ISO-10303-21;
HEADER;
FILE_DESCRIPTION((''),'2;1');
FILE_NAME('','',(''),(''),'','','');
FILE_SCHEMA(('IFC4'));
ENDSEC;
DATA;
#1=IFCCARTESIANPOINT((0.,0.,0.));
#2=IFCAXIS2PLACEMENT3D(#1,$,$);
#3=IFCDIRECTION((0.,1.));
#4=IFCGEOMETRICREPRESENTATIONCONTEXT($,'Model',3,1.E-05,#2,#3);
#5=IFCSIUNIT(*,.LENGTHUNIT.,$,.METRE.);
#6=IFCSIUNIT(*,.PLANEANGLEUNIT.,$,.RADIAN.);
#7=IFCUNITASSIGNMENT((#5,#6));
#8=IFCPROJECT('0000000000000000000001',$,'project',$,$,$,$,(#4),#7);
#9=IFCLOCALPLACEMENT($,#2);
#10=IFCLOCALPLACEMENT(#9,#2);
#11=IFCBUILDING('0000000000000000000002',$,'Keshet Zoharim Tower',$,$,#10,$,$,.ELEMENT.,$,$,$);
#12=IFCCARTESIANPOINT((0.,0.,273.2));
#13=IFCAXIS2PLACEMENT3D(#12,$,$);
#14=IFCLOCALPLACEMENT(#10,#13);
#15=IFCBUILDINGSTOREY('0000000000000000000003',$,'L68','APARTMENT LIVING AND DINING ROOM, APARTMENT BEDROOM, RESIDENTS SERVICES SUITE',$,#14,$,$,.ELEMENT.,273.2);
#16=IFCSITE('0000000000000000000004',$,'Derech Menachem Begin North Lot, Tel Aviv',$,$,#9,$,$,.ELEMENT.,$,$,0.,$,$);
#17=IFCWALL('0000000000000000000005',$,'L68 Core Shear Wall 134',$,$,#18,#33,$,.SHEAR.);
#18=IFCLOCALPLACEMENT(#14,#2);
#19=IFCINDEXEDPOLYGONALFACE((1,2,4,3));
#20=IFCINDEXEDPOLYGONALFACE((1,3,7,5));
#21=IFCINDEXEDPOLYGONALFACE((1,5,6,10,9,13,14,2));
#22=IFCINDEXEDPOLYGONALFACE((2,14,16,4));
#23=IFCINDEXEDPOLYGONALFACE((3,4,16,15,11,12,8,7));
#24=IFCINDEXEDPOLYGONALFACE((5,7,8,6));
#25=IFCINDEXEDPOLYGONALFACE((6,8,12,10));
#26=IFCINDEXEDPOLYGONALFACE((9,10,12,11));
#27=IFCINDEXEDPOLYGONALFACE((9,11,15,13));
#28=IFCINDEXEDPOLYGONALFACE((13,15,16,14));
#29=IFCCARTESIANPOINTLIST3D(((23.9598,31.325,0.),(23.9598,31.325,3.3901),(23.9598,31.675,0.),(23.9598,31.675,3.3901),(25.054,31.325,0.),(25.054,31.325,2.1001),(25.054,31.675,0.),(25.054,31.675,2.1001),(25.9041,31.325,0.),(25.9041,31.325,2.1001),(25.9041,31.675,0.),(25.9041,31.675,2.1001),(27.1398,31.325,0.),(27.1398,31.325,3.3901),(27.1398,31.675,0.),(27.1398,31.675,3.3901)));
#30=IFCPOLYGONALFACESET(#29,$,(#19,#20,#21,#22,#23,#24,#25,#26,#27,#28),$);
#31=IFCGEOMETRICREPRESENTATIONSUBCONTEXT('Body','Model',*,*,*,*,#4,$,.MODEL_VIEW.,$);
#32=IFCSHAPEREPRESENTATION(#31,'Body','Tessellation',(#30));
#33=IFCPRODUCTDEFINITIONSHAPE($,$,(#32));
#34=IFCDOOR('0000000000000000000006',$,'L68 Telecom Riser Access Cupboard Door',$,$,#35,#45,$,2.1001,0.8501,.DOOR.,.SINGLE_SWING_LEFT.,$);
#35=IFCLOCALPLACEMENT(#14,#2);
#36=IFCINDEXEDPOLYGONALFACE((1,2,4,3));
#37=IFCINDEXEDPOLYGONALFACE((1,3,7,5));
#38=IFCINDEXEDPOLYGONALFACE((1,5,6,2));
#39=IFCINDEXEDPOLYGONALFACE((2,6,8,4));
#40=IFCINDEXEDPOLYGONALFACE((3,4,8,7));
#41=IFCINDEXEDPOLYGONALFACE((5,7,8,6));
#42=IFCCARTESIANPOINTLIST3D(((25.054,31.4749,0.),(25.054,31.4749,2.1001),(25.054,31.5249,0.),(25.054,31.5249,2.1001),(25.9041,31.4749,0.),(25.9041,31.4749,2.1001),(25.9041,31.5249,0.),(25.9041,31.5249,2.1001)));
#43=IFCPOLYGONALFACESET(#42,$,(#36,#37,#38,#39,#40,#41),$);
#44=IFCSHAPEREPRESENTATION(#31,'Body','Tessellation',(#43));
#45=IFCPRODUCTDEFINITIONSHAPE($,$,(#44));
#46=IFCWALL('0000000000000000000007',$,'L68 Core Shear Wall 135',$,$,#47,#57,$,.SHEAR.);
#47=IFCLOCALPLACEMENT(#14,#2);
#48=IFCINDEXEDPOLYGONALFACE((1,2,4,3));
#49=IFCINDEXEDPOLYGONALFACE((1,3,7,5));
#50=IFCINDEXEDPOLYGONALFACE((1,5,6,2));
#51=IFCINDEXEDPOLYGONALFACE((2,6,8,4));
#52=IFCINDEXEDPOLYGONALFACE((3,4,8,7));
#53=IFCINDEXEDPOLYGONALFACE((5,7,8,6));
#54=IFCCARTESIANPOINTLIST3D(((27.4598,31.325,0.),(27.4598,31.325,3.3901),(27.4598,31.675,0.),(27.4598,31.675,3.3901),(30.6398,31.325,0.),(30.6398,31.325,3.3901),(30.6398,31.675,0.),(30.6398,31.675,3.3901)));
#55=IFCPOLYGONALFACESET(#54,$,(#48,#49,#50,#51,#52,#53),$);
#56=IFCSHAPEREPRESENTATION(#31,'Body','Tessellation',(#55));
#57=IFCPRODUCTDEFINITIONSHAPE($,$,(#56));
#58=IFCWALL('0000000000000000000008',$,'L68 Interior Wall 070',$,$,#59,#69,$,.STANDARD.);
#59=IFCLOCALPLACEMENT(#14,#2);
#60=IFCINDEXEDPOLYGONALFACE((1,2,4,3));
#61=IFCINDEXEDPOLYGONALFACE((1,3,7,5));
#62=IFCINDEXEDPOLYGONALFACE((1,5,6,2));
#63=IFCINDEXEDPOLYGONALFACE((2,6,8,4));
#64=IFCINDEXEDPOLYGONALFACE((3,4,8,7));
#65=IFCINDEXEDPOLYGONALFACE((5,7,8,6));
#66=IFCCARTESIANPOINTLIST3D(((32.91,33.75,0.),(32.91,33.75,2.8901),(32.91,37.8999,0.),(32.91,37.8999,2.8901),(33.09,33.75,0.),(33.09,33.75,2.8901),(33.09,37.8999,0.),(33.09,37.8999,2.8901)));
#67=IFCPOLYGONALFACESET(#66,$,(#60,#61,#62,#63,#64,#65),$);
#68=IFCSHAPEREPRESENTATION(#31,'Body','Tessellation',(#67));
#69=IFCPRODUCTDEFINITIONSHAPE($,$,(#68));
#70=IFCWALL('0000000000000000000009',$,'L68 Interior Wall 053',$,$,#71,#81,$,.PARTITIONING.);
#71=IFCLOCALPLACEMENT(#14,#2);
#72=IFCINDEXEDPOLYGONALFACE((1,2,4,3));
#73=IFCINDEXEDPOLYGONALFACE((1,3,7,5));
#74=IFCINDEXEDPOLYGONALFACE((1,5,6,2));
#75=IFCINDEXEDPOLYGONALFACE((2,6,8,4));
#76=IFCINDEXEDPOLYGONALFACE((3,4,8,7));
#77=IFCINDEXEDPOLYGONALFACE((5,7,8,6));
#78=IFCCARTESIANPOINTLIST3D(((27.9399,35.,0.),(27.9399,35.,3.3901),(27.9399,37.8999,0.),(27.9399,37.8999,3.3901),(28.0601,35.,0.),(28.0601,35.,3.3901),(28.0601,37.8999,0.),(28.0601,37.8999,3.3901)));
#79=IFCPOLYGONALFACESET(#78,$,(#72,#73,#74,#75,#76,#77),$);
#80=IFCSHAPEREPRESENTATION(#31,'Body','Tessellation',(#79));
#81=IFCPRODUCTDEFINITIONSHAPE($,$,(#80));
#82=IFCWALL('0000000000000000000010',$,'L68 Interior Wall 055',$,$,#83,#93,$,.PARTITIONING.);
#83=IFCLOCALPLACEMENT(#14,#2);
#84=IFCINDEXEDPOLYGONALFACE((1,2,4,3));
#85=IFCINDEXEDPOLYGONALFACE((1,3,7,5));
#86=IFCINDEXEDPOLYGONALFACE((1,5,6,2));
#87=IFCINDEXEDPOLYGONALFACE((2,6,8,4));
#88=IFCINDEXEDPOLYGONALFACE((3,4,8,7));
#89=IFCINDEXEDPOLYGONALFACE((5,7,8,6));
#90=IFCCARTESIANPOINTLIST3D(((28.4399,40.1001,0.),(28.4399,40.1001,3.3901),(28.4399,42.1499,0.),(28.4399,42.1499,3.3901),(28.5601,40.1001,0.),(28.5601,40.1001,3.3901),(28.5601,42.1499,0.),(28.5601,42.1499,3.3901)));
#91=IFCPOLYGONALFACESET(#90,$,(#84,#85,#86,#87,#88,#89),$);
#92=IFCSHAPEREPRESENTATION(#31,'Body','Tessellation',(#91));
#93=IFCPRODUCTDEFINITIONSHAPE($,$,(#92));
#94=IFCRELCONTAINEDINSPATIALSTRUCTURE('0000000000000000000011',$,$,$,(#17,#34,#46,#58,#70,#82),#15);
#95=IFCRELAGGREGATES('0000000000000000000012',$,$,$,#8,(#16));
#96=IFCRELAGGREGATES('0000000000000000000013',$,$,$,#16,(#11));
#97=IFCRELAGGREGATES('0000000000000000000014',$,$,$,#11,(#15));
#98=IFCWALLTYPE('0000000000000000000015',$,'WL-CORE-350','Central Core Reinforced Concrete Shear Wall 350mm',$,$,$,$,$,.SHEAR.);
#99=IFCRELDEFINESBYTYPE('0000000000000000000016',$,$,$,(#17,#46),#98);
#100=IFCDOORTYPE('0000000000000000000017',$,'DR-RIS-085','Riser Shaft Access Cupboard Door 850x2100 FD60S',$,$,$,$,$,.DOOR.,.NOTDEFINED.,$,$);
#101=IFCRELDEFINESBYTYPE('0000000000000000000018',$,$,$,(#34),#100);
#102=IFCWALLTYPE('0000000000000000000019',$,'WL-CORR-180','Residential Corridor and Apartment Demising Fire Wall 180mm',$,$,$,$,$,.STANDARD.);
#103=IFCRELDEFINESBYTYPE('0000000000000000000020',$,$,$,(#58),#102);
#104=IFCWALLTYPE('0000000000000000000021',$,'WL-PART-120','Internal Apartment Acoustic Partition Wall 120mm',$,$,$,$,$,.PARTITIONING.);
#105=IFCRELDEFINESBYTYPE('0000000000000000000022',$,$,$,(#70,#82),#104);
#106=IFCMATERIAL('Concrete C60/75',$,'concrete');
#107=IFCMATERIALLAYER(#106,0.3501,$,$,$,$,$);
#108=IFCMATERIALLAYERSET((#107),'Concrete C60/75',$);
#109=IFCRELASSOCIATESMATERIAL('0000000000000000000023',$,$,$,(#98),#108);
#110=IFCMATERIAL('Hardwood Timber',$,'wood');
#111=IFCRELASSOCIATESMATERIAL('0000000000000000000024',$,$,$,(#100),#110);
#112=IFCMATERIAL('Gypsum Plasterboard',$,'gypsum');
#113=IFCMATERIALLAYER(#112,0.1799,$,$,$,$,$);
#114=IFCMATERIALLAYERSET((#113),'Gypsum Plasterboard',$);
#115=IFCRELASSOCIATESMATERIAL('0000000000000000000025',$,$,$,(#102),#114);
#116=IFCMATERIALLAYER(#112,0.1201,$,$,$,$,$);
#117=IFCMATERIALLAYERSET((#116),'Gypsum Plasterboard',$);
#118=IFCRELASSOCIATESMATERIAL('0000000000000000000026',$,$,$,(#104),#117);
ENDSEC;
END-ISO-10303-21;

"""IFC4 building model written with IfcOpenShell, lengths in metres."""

from ifc_helpers import new_model, si_unit, direction, frame, frame_2d, origin, place, context, subcontext, project, spatial, rectangle, extrude, material, layer, layer_set, type_object, element, fill, save


model = new_model("IFC4")

# Units and contexts
model_context = context("Model", 3, precision=1e-05, world=origin(), true_north=direction((0.0, 1.0)))
body_context = subcontext(model_context, "Body", "Model", "MODEL_VIEW")
ifc_project = project(units=[si_unit("LENGTHUNIT", "METRE"), si_unit("PLANEANGLEUNIT", "RADIAN")], contexts=[model_context])

# Site, building, storey
site_placement = place(None, origin())
site = spatial("IfcSite", under=ifc_project, at=site_placement, Name="Derech Menachem Begin North Lot, Tel Aviv", CompositionType="ELEMENT", RefElevation=0.0)
building_placement = place(site_placement, origin())
building = spatial("IfcBuilding", under=site, at=building_placement, Name="Keshet Zoharim Tower", CompositionType="ELEMENT")
storey_placement = place(building_placement, frame((0.0, 0.0, 273.2)))
storey = spatial("IfcBuildingStorey", under=building, at=storey_placement, Name="L68", Description="APARTMENT LIVING AND DINING ROOM, APARTMENT BEDROOM, RESIDENTS SERVICES SUITE", CompositionType="ELEMENT", Elevation=273.2)

# Shared definitions
ifc_material_1 = material(Name="Gypsum Plasterboard", Category="gypsum")
ifc_material_2 = material(Name="Concrete C60/75", Category="concrete")
ifc_layer_1 = layer(ifc_material_2, 0.3501)
ifc_layer_set_1 = layer_set([ifc_layer_1], Name="Concrete C60/75")
wall_type_1 = type_object("IfcWallType", Name="WL-CORE-350", Description="Central Core Reinforced Concrete Shear Wall 350mm", PredefinedType="SHEAR", material=ifc_layer_set_1)

# Shared definitions
ifc_material_3 = material(Name="Hardwood Timber", Category="wood")

# Wall, opening, door
wall_1_placement = place(storey_placement, frame((23.96, 31.5, 0.0), z_axis=(0.0, 0.0, 1.0), x_axis=(1.0, 0.0, 0.0)))
wall_1 = element("IfcWall", 1, at=wall_1_placement, inside=storey, type_object=wall_type_1, Name="L68 Core Shear Wall 134", PredefinedType="SHEAR", context=body_context, shape_type="SweptSolid", body=[
    extrude(rectangle(XDim=3.1799, YDim=0.3501, at=frame_2d((1.5898, 0.0))), origin(), (0.0, 0.0, 1.0), 3.3901),
])
opening_1_placement = place(wall_1_placement, frame((1.094, 0.0, 0.0)))
opening_1 = element("IfcOpeningElement", 2, at=opening_1_placement, cuts=wall_1, PredefinedType="OPENING", context=body_context, shape_type="SweptSolid", body=[
    extrude(rectangle(XDim=0.8501, YDim=2.1001, at=frame_2d((0.425, 1.05))), frame((0.0, 0.1851, 0.0), z_axis=(0.0, -1.0, 0.0), x_axis=(1.0, 0.0, 0.0)), (0.0, 0.0, 1.0), 0.3701),
])
door_type_1 = type_object("IfcDoorType", Name="DR-RIS-085", Description="Riser Shaft Access Cupboard Door 850x2100 FD60S", OperationType="NOTDEFINED", PredefinedType="DOOR", material=ifc_material_3)
door_1_placement = place(opening_1_placement, origin())
door_1 = element("IfcDoor", 3, at=door_1_placement, inside=storey, type_object=door_type_1, Name="L68 Telecom Riser Access Cupboard Door", OperationType="SINGLE_SWING_LEFT", OverallHeight=2.1001, OverallWidth=0.8501, PredefinedType="DOOR", context=body_context, shape_type="SweptSolid", body=[
    extrude(rectangle(XDim=0.8501, YDim=2.1001, at=frame_2d((0.425, 1.05))), frame((0.0, 0.0249, 0.0), z_axis=(0.0, -1.0, 0.0), x_axis=(1.0, 0.0, 0.0)), (0.0, 0.0, 1.0), 0.05),
])
fill(opening_1, door_1)

# Wall
wall_2_placement = place(storey_placement, frame((27.46, 31.5, 0.0), z_axis=(0.0, 0.0, 1.0), x_axis=(1.0, 0.0, 0.0)))
element("IfcWall", 4, at=wall_2_placement, inside=storey, type_object=wall_type_1, Name="L68 Core Shear Wall 135", PredefinedType="SHEAR", context=body_context, shape_type="SweptSolid", body=[
    extrude(rectangle(XDim=3.1799, YDim=0.3501, at=frame_2d((1.5898, 0.0))), origin(), (0.0, 0.0, 1.0), 3.3901),
])

# Shared definitions
ifc_layer_2 = layer(ifc_material_1, 0.1799)
ifc_layer_set_2 = layer_set([ifc_layer_2], Name="Gypsum Plasterboard")
wall_type_2 = type_object("IfcWallType", Name="WL-CORR-180", Description="Residential Corridor and Apartment Demising Fire Wall 180mm", PredefinedType="STANDARD", material=ifc_layer_set_2)

# Walls
wall_3_placement = place(storey_placement, frame((33.0, 33.75, 0.0), z_axis=(0.0, 0.0, 1.0), x_axis=(0.0, 1.0, 0.0)))
element("IfcWall", 5, at=wall_3_placement, inside=storey, type_object=wall_type_2, Name="L68 Interior Wall 070", PredefinedType="STANDARD", context=body_context, shape_type="SweptSolid", body=[
    extrude(rectangle(XDim=4.1499, YDim=0.1799, at=frame_2d((2.075, 0.0))), origin(), (0.0, 0.0, 1.0), 2.8901),
])
ifc_layer_3 = layer(ifc_material_1, 0.1201)
ifc_layer_set_3 = layer_set([ifc_layer_3], Name="Gypsum Plasterboard")
wall_type_3 = type_object("IfcWallType", Name="WL-PART-120", Description="Internal Apartment Acoustic Partition Wall 120mm", PredefinedType="PARTITIONING", material=ifc_layer_set_3)
wall_4_placement = place(storey_placement, frame((28.0, 35.0, 0.0), z_axis=(0.0, 0.0, 1.0), x_axis=(0.0, 1.0, 0.0)))
element("IfcWall", 6, at=wall_4_placement, inside=storey, type_object=wall_type_3, Name="L68 Interior Wall 053", PredefinedType="PARTITIONING", context=body_context, shape_type="SweptSolid", body=[
    extrude(rectangle(XDim=2.8999, YDim=0.1201, at=frame_2d((1.45, 0.0))), origin(), (0.0, 0.0, 1.0), 3.3901),
])
wall_5_placement = place(storey_placement, frame((28.5, 40.1001, 0.0), z_axis=(0.0, 0.0, 1.0), x_axis=(0.0, 1.0, 0.0)))
element("IfcWall", 7, at=wall_5_placement, inside=storey, type_object=wall_type_3, Name="L68 Interior Wall 055", PredefinedType="PARTITIONING", context=body_context, shape_type="SweptSolid", body=[
    extrude(rectangle(XDim=2.0498, YDim=0.1201, at=frame_2d((1.0249, 0.0))), origin(), (0.0, 0.0, 1.0), 3.3901),
])

save(model, "model.ifc")
